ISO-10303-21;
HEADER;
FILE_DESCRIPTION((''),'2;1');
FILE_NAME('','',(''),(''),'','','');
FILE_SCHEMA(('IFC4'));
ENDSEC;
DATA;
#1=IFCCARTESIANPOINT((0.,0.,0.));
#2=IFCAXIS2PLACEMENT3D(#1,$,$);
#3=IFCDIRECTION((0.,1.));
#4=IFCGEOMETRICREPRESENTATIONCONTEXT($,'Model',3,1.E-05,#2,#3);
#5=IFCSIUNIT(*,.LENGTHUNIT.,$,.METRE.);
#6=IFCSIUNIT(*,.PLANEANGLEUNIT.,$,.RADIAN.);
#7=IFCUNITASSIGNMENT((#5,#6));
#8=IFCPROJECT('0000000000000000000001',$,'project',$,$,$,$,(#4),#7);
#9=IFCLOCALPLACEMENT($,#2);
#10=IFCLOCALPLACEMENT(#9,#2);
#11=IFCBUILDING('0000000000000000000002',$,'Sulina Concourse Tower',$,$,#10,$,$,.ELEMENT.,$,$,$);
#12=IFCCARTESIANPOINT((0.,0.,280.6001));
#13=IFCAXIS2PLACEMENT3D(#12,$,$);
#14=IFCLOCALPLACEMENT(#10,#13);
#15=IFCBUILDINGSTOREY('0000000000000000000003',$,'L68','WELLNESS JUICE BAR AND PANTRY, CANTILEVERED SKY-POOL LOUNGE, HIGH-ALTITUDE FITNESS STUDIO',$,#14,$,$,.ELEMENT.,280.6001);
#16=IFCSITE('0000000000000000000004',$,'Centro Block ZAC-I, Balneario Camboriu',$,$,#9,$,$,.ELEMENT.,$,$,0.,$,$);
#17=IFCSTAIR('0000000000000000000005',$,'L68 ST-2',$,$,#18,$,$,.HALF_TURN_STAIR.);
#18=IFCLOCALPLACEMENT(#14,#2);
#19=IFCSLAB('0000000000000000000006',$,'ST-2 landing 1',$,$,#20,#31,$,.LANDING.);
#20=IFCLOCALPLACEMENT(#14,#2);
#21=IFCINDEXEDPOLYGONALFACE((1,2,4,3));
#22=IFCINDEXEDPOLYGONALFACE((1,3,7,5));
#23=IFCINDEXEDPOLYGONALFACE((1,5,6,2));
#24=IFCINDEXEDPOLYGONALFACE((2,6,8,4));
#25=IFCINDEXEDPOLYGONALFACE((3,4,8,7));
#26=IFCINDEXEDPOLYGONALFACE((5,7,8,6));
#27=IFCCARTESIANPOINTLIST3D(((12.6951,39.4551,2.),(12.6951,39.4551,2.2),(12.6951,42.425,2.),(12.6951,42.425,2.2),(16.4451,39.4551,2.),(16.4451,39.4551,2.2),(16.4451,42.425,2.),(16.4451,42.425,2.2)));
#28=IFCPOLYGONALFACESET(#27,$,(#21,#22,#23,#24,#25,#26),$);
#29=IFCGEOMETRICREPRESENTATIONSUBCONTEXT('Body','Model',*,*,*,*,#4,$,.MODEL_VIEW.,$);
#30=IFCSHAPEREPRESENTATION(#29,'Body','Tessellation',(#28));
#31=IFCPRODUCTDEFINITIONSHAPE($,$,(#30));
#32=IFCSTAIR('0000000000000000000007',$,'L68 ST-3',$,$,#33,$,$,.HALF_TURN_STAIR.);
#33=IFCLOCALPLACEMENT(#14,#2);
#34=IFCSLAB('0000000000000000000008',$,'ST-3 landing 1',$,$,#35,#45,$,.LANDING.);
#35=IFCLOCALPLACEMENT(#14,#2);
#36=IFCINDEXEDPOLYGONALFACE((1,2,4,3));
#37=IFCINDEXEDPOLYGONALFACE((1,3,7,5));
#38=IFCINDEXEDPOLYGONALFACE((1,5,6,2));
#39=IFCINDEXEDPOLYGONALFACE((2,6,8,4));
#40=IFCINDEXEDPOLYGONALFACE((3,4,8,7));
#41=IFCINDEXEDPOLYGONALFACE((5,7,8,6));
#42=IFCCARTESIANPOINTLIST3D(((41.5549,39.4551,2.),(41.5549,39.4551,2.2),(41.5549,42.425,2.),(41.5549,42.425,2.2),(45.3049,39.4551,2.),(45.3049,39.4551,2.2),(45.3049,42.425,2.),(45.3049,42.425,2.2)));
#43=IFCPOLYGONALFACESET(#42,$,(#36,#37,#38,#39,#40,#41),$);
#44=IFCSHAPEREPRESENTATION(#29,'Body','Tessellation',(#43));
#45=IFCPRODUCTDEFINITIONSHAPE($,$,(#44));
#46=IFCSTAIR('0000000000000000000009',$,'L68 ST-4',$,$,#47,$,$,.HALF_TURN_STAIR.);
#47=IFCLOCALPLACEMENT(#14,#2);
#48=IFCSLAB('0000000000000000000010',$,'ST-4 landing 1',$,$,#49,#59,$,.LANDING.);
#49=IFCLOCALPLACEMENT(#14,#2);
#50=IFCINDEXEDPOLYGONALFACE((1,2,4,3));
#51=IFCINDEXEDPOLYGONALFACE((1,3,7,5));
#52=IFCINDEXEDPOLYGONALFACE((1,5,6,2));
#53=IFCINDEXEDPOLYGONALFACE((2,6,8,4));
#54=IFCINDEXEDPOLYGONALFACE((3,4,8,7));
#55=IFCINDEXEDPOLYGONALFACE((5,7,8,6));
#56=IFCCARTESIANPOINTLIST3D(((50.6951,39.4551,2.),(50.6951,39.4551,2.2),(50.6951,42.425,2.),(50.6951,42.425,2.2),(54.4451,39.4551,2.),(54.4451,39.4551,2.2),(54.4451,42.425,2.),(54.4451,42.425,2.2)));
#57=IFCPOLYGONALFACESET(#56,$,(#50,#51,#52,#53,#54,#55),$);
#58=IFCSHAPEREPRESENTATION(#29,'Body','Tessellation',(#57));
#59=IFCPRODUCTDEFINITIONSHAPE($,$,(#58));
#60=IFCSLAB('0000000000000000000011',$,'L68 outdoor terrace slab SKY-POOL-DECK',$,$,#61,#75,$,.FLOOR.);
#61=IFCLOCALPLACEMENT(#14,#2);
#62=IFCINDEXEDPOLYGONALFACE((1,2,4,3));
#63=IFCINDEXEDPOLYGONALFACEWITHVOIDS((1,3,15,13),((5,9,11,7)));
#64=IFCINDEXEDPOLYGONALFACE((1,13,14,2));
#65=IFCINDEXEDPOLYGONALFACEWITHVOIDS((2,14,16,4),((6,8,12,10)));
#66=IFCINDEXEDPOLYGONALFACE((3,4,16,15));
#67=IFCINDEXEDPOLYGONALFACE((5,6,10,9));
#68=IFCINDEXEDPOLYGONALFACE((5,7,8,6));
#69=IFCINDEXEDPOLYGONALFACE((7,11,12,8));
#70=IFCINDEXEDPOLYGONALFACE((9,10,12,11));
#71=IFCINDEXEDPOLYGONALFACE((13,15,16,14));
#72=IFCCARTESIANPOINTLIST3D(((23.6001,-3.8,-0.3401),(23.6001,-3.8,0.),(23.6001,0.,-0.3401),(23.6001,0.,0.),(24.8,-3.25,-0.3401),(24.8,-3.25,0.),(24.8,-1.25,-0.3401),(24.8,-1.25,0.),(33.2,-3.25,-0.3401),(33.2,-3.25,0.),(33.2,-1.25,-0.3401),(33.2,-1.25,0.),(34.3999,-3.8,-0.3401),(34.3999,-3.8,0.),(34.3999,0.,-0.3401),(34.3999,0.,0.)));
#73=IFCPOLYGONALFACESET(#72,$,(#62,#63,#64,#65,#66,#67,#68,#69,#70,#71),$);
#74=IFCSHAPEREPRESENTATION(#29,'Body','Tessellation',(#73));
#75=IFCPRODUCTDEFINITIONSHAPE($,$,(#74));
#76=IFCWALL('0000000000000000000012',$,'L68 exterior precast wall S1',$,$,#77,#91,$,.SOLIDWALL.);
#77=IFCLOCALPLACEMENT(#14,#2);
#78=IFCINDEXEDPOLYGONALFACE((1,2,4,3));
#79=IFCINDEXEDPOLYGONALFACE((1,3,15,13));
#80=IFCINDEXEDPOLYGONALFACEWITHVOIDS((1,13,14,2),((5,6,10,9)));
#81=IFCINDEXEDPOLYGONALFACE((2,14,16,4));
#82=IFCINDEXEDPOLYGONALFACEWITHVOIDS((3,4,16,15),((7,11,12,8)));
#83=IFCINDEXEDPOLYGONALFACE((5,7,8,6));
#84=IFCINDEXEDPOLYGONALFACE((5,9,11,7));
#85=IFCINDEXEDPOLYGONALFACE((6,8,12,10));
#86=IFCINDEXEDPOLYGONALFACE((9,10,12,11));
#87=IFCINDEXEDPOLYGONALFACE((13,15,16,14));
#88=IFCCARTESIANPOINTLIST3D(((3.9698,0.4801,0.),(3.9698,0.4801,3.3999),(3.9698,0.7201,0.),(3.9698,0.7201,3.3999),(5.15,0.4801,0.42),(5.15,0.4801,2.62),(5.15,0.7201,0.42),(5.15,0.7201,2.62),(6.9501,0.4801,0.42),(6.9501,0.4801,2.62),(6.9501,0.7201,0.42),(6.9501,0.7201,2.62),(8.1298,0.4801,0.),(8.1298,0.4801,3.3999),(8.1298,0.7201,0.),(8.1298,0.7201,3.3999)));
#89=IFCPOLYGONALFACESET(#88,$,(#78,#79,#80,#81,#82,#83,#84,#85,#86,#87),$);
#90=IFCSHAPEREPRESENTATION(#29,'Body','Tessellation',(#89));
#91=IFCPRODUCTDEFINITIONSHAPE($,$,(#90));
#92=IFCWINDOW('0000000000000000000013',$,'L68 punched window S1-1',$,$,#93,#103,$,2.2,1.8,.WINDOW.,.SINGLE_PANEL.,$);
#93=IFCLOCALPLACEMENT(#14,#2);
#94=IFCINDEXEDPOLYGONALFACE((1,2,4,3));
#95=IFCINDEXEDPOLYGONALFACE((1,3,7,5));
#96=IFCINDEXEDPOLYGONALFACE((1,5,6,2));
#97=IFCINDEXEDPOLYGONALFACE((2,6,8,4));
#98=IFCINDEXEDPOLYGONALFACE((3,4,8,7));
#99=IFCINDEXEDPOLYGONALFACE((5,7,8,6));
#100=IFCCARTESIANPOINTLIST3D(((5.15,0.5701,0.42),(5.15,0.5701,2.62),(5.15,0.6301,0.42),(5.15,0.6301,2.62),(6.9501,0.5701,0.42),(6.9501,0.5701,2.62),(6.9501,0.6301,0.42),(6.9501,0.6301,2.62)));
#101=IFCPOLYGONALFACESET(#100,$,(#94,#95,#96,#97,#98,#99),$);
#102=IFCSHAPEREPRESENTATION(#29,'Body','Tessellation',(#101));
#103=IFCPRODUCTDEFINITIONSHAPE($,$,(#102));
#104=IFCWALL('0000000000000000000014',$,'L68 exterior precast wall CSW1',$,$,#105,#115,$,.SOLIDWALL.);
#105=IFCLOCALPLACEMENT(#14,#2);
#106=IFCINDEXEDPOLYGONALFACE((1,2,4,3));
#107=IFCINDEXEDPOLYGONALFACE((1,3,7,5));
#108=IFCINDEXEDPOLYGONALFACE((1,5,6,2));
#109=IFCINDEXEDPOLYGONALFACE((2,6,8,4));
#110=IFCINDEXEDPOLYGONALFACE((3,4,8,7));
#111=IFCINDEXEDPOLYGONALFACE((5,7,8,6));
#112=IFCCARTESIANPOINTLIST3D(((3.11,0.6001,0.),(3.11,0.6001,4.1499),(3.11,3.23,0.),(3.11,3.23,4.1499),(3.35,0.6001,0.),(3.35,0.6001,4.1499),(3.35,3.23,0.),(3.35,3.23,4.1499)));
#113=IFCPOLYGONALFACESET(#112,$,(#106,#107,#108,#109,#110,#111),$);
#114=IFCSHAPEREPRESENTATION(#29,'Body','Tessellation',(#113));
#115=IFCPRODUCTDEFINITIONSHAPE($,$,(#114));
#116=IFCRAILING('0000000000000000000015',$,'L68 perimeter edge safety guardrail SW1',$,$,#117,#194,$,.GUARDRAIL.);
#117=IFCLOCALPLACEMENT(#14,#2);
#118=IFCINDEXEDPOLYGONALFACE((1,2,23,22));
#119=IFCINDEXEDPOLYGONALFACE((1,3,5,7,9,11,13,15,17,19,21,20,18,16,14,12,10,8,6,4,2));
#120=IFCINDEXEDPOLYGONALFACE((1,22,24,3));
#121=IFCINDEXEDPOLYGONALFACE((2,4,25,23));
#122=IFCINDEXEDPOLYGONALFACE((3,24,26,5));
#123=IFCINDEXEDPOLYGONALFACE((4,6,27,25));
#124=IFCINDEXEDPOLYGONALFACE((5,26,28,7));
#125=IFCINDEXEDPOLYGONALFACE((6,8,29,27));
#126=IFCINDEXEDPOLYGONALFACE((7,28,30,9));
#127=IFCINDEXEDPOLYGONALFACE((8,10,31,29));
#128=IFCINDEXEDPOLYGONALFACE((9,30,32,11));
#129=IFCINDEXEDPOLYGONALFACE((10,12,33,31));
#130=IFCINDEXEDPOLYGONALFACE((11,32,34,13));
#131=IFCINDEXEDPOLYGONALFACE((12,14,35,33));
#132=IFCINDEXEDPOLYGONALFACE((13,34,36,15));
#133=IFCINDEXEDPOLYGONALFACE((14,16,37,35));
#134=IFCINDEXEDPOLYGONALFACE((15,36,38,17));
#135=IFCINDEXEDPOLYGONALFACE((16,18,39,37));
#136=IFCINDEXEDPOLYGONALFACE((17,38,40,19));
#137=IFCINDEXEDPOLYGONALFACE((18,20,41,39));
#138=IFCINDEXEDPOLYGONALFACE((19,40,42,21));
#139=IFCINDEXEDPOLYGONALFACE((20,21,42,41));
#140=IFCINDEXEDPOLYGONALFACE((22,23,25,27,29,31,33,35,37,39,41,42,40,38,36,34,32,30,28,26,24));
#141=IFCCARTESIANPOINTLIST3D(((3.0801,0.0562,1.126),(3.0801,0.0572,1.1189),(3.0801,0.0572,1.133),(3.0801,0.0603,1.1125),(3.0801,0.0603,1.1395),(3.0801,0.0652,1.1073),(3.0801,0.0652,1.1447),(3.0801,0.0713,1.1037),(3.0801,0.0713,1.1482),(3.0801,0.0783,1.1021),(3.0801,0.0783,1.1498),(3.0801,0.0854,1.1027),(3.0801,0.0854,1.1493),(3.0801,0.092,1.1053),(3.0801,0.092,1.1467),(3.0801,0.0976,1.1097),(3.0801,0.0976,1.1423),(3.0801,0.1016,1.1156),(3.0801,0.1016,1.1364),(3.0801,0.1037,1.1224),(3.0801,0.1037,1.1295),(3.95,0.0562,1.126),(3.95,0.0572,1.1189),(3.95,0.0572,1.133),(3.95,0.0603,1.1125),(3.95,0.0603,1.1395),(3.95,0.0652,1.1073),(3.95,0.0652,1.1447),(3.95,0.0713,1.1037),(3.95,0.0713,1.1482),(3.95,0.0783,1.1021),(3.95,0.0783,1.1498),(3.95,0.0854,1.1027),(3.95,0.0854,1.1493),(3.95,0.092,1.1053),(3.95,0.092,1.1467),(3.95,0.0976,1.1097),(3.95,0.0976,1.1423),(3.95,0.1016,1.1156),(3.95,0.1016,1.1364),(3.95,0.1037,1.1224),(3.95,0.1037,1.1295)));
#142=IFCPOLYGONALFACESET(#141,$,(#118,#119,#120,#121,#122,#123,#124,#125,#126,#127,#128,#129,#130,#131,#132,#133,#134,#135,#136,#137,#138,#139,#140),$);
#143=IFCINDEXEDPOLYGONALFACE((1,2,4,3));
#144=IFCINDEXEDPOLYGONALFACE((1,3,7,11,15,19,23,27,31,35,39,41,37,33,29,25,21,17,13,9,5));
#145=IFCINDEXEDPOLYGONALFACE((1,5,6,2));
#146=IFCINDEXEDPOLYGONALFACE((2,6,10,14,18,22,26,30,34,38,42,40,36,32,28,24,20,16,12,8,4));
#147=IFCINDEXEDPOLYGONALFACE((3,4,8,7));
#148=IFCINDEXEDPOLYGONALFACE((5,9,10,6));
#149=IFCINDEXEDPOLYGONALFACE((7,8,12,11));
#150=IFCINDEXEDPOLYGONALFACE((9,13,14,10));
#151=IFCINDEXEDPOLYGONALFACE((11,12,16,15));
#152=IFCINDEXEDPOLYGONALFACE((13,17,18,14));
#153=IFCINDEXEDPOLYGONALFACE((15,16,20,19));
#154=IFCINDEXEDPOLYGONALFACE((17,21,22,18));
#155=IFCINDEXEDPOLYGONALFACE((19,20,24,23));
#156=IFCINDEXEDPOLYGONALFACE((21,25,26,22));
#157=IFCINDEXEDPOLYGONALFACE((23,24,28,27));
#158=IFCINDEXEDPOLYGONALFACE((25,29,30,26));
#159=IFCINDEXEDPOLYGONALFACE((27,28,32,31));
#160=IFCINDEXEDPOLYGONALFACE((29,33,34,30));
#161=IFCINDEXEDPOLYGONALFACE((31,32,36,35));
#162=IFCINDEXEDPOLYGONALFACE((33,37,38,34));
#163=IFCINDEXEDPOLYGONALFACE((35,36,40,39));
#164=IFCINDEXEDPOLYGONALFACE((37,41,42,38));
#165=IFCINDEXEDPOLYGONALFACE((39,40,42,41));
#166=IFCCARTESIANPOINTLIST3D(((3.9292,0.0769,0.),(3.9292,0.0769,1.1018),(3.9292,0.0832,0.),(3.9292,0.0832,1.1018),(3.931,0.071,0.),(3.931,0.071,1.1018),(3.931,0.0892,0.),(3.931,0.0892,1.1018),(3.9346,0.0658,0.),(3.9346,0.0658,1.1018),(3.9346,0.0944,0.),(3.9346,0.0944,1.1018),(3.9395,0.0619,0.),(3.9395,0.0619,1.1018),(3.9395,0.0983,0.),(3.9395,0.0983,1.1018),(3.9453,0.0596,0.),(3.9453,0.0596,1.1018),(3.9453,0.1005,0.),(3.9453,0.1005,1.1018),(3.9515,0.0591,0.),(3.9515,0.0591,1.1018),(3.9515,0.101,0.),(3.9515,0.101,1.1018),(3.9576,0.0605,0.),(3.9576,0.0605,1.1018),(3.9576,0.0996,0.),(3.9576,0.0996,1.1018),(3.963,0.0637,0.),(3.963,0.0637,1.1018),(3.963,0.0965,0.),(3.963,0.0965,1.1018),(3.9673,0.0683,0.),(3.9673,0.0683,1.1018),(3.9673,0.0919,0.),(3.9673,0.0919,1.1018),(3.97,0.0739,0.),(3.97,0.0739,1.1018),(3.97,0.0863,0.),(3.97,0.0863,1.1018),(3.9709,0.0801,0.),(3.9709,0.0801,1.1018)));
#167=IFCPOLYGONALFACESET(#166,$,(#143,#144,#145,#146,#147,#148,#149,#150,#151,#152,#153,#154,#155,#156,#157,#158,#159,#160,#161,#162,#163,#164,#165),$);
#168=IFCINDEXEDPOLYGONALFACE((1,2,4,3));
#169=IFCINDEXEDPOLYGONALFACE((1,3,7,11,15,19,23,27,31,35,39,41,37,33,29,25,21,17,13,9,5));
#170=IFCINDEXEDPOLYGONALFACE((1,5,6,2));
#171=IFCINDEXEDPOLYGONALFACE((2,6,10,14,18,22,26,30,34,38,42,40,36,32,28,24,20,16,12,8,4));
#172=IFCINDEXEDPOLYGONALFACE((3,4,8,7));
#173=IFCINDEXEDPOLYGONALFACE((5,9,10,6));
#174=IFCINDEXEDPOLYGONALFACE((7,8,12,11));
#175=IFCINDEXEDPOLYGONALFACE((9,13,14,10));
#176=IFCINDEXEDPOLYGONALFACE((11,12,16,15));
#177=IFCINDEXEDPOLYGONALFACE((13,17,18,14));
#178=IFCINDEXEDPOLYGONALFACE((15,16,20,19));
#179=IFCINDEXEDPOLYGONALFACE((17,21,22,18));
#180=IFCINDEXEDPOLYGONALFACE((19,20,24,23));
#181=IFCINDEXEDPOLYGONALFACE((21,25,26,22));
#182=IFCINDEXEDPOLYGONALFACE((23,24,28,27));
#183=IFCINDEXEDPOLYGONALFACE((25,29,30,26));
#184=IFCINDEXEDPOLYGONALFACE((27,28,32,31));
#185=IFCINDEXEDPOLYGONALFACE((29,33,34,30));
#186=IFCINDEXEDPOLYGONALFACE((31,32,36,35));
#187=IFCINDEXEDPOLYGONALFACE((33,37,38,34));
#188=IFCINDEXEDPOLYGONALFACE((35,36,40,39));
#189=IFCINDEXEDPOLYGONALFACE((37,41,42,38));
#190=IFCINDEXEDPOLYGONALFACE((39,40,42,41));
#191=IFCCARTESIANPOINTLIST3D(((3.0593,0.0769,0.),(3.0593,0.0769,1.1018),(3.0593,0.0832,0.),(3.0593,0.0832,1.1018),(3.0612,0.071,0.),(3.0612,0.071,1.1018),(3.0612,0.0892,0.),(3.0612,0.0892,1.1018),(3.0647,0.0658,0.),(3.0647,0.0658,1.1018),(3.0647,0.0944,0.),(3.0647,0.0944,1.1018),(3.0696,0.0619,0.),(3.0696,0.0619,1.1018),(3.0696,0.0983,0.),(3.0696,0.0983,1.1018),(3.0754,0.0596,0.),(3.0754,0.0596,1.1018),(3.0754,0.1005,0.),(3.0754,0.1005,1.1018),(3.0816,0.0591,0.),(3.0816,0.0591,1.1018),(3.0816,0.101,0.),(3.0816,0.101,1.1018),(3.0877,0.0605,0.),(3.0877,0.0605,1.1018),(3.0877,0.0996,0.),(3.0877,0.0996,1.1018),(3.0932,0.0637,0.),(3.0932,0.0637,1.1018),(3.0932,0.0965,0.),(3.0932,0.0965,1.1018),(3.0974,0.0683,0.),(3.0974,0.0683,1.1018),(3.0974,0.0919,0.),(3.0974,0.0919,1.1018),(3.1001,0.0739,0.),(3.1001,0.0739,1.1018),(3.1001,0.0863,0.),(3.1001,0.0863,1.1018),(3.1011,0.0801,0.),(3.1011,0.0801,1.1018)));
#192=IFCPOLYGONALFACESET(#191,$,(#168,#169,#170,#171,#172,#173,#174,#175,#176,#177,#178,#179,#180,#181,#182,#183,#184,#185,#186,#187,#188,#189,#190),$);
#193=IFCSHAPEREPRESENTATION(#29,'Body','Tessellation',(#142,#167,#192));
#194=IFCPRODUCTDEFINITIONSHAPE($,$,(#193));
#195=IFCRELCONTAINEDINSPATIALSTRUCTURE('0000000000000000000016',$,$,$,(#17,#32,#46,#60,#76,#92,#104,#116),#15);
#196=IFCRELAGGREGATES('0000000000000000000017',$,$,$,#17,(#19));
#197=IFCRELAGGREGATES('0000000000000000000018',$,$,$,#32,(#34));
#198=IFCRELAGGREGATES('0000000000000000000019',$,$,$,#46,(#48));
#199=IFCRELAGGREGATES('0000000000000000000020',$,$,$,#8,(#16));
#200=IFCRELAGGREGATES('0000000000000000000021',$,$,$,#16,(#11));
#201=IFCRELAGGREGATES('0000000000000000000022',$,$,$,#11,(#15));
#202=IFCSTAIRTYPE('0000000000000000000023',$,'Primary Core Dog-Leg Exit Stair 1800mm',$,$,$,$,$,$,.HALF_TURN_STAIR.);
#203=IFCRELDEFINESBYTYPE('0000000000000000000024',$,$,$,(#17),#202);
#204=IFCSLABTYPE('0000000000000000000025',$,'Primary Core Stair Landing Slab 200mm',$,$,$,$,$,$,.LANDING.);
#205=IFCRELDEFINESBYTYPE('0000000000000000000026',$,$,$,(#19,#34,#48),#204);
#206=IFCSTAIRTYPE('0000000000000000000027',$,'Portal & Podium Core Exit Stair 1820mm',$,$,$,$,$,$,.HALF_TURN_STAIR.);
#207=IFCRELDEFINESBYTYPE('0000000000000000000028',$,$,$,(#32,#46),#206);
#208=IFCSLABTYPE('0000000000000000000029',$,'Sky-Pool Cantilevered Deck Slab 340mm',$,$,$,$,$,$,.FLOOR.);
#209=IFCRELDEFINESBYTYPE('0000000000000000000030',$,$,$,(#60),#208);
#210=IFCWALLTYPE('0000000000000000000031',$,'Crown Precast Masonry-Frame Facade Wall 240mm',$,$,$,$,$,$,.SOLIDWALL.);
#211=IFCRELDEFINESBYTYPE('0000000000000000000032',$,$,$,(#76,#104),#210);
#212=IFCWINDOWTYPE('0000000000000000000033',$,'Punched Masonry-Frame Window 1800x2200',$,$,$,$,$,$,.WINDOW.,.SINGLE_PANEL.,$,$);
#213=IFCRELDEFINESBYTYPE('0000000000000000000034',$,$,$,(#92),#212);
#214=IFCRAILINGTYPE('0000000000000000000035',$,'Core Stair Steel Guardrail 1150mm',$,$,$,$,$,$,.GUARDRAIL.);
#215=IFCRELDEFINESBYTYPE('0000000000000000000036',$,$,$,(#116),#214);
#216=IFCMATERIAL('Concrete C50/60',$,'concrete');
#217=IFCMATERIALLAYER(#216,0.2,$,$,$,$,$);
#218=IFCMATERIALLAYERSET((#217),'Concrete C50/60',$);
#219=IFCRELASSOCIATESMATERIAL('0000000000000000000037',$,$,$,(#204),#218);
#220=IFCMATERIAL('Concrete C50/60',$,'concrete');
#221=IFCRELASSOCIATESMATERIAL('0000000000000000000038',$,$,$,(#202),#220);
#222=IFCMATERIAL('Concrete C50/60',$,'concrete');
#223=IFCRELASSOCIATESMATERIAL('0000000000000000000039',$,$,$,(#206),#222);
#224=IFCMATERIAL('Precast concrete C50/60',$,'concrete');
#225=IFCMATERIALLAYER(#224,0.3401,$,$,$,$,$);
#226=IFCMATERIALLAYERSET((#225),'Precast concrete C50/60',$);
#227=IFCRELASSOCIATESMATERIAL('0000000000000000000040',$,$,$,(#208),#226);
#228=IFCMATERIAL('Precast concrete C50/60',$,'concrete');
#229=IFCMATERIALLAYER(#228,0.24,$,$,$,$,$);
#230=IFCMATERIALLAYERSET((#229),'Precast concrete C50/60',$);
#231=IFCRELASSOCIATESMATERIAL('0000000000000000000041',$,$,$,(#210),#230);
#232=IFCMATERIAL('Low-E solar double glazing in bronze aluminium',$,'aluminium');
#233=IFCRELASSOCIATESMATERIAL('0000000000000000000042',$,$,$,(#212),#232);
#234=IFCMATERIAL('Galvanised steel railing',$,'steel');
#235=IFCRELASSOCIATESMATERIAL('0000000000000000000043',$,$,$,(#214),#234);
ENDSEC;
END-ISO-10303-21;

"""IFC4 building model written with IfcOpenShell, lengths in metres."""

from ifc_helpers import new_model, si_unit, direction, frame, frame_2d, origin, origin_2d, place, context, subcontext, project, spatial, polyline, rectangle, circle, outline, extrude, material, layer, layer_set, type_object, element, fill, aggregate, save


model = new_model("IFC4")

# Units and contexts
model_context = context("Model", 3, precision=1e-05, world=origin(), true_north=direction((0.0, 1.0)))
body_context = subcontext(model_context, "Body", "Model", "MODEL_VIEW")
ifc_project = project(units=[si_unit("LENGTHUNIT", "METRE"), si_unit("PLANEANGLEUNIT", "RADIAN")], contexts=[model_context])

# Site, building, storey
site_placement = place(None, origin())
site = spatial("IfcSite", under=ifc_project, at=site_placement, Name="Centro Block ZAC-I, Balneario Camboriu", CompositionType="ELEMENT", RefElevation=0.0)
building_placement = place(site_placement, origin())
building = spatial("IfcBuilding", under=site, at=building_placement, Name="Sulina Concourse Tower", CompositionType="ELEMENT")
storey_placement = place(building_placement, frame((0.0, 0.0, 280.6001)))
storey = spatial("IfcBuildingStorey", under=building, at=storey_placement, Name="L68", Description="WELLNESS JUICE BAR AND PANTRY, CANTILEVERED SKY-POOL LOUNGE, HIGH-ALTITUDE FITNESS STUDIO", CompositionType="ELEMENT", Elevation=280.6001)

# Shared definitions
ifc_material_1 = material(Name="Concrete C50/60", Category="concrete")
ifc_layer_1 = layer(ifc_material_1, 0.2)
ifc_layer_set_1 = layer_set([ifc_layer_1], Name="Concrete C50/60")
slab_type_1 = type_object("IfcSlabType", Name="Primary Core Stair Landing Slab 200mm", PredefinedType="LANDING", material=ifc_layer_set_1)

# Stairs, slabs
ifc_material_2 = material(Name="Concrete C50/60", Category="concrete")
stair_type_1 = type_object("IfcStairType", Name="Primary Core Dog-Leg Exit Stair 1800mm", PredefinedType="HALF_TURN_STAIR", material=ifc_material_2)
stair_1_placement = place(storey_placement, origin())
stair_1 = element("IfcStair", 1, at=stair_1_placement, inside=storey, type_object=stair_type_1, Name="L68 ST-2", PredefinedType="HALF_TURN_STAIR")
slab_1_placement = place(storey_placement, frame((0.0, 0.0, 2.0)))
slab_1 = element("IfcSlab", 2, at=slab_1_placement, type_object=slab_type_1, Name="ST-2 landing 1", PredefinedType="LANDING", context=body_context, shape_type="SweptSolid", body=[
    extrude(outline(polyline([(16.4451, 39.4551), (16.4451, 42.425), (12.6951, 42.425), (12.6951, 39.4551), (16.4451, 39.4551)])), origin(), (0.0, 0.0, 1.0), 0.2),
])
aggregate(stair_1, [slab_1])
ifc_material_3 = material(Name="Concrete C50/60", Category="concrete")
stair_type_2 = type_object("IfcStairType", Name="Portal & Podium Core Exit Stair 1820mm", PredefinedType="HALF_TURN_STAIR", material=ifc_material_3)
stair_2_placement = place(storey_placement, origin())
stair_2 = element("IfcStair", 3, at=stair_2_placement, inside=storey, type_object=stair_type_2, Name="L68 ST-3", PredefinedType="HALF_TURN_STAIR")
slab_2_placement = place(storey_placement, frame((0.0, 0.0, 2.0)))
slab_2 = element("IfcSlab", 4, at=slab_2_placement, type_object=slab_type_1, Name="ST-3 landing 1", PredefinedType="LANDING", context=body_context, shape_type="SweptSolid", body=[
    extrude(outline(polyline([(45.3049, 39.4551), (45.3049, 42.425), (41.5549, 42.425), (41.5549, 39.4551), (45.3049, 39.4551)])), origin(), (0.0, 0.0, 1.0), 0.2),
])
aggregate(stair_2, [slab_2])
stair_3_placement = place(storey_placement, origin())
stair_3 = element("IfcStair", 5, at=stair_3_placement, inside=storey, type_object=stair_type_2, Name="L68 ST-4", PredefinedType="HALF_TURN_STAIR")
slab_3_placement = place(storey_placement, frame((0.0, 0.0, 2.0)))
slab_3 = element("IfcSlab", 6, at=slab_3_placement, type_object=slab_type_1, Name="ST-4 landing 1", PredefinedType="LANDING", context=body_context, shape_type="SweptSolid", body=[
    extrude(outline(polyline([(54.4451, 39.4551), (54.4451, 42.425), (50.6951, 42.425), (50.6951, 39.4551), (54.4451, 39.4551)])), origin(), (0.0, 0.0, 1.0), 0.2),
])
aggregate(stair_3, [slab_3])

# Slab
ifc_material_4 = material(Name="Precast concrete C50/60", Category="concrete")
ifc_layer_2 = layer(ifc_material_4, 0.3401)
ifc_layer_set_2 = layer_set([ifc_layer_2], Name="Precast concrete C50/60")
slab_type_2 = type_object("IfcSlabType", Name="Sky-Pool Cantilevered Deck Slab 340mm", PredefinedType="FLOOR", material=ifc_layer_set_2)
slab_4_placement = place(storey_placement, frame((0.0, 0.0, -0.3401)))
element("IfcSlab", 7, at=slab_4_placement, inside=storey, type_object=slab_type_2, Name="L68 outdoor terrace slab SKY-POOL-DECK", PredefinedType="FLOOR", context=body_context, shape_type="SweptSolid", body=[
    extrude(outline(polyline([(23.6001, -3.8), (34.3999, -3.8), (34.3999, 0.0), (23.6001, 0.0), (23.6001, -3.8)]), holes=[polyline([(24.8, -3.25), (33.2, -3.25), (33.2, -1.25), (24.8, -1.25), (24.8, -3.25)])]), origin(), (0.0, 0.0, 1.0), 0.3401),
])

# Wall, opening, window
ifc_material_5 = material(Name="Precast concrete C50/60", Category="concrete")
ifc_layer_3 = layer(ifc_material_5, 0.24)
ifc_layer_set_3 = layer_set([ifc_layer_3], Name="Precast concrete C50/60")
wall_type = type_object("IfcWallType", Name="Crown Precast Masonry-Frame Facade Wall 240mm", PredefinedType="SOLIDWALL", material=ifc_layer_set_3)
wall_1_placement = place(storey_placement, frame((8.1299, 0.6001, 0.0), z_axis=(0.0, 0.0, 1.0), x_axis=(-1.0, 0.0, 0.0)))
wall_1 = element("IfcWall", 8, at=wall_1_placement, inside=storey, type_object=wall_type, Name="L68 exterior precast wall S1", PredefinedType="SOLIDWALL", context=body_context, shape_type="SweptSolid", body=[
    extrude(rectangle(XDim=4.1599, YDim=0.24, at=frame_2d((2.0801, 0.0))), origin(), (0.0, 0.0, 1.0), 3.3999),
])
opening_placement = place(wall_1_placement, frame((1.1799, 0.0, 0.4199)))
opening = element("IfcOpeningElement", 9, at=opening_placement, cuts=wall_1, PredefinedType="OPENING", context=body_context, shape_type="SweptSolid", body=[
    extrude(rectangle(XDim=1.8, YDim=2.2, at=frame_2d((0.8999, 1.1001))), frame((0.0, 0.1299, 0.0), z_axis=(0.0, -1.0, 0.0), x_axis=(1.0, 0.0, 0.0)), (0.0, 0.0, 1.0), 0.26),
])
ifc_material_6 = material(Name="Low-E solar double glazing in bronze aluminium", Category="aluminium")
window_type = type_object("IfcWindowType", Name="Punched Masonry-Frame Window 1800x2200", PartitioningType="SINGLE_PANEL", PredefinedType="WINDOW", material=ifc_material_6)
window_placement = place(opening_placement, origin())
window = element("IfcWindow", 10, at=window_placement, inside=storey, type_object=window_type, Name="L68 punched window S1-1", OverallHeight=2.2, OverallWidth=1.8, PartitioningType="SINGLE_PANEL", PredefinedType="WINDOW", context=body_context, shape_type="SweptSolid", body=[
    extrude(rectangle(XDim=1.8, YDim=2.2, at=frame_2d((0.8999, 1.1001))), frame((0.0, 0.03, 0.0), z_axis=(0.0, -1.0, 0.0), x_axis=(1.0, 0.0, 0.0)), (0.0, 0.0, 1.0), 0.0601),
])
fill(opening, window)

# Wall
wall_2_placement = place(storey_placement, frame((3.23, 0.6001, 0.0), z_axis=(0.0, 0.0, 1.0), x_axis=(0.0, 1.0, 0.0)))
element("IfcWall", 11, at=wall_2_placement, inside=storey, type_object=wall_type, Name="L68 exterior precast wall CSW1", PredefinedType="SOLIDWALL", context=body_context, shape_type="SweptSolid", body=[
    extrude(rectangle(XDim=2.6299, YDim=0.24, at=frame_2d((1.3149, 0.0))), origin(), (0.0, 0.0, 1.0), 4.1499),
])

# Railing
ifc_material_7 = material(Name="Galvanised steel railing", Category="steel")
railing_type = type_object("IfcRailingType", Name="Core Stair Steel Guardrail 1150mm", PredefinedType="GUARDRAIL", material=ifc_material_7)
railing_1_placement = place(storey_placement, frame((3.95, 0.0801, 0.0)))
element("IfcRailing", 12, at=railing_1_placement, inside=storey, type_object=railing_type, Name="L68 perimeter edge safety guardrail SW1", PredefinedType="GUARDRAIL", context=body_context, shape_type="SweptSolid", body=[
    extrude(circle(Radius=0.0239, at=origin_2d()), frame((0.0, 0.0, 1.126), z_axis=(-1.0, 0.0, 0.0), x_axis=(0.0, -1.0, 0.0)), (0.0, 0.0, 1.0), 0.8699),
    extrude(circle(Radius=0.021, at=origin_2d()), origin(), (0.0, 0.0, 1.0), 1.1018),
    extrude(circle(Radius=0.021, at=origin_2d()), frame((-0.8699, 0.0, 0.0)), (0.0, 0.0, 1.0), 1.1018),
])

save(model, "model.ifc")
